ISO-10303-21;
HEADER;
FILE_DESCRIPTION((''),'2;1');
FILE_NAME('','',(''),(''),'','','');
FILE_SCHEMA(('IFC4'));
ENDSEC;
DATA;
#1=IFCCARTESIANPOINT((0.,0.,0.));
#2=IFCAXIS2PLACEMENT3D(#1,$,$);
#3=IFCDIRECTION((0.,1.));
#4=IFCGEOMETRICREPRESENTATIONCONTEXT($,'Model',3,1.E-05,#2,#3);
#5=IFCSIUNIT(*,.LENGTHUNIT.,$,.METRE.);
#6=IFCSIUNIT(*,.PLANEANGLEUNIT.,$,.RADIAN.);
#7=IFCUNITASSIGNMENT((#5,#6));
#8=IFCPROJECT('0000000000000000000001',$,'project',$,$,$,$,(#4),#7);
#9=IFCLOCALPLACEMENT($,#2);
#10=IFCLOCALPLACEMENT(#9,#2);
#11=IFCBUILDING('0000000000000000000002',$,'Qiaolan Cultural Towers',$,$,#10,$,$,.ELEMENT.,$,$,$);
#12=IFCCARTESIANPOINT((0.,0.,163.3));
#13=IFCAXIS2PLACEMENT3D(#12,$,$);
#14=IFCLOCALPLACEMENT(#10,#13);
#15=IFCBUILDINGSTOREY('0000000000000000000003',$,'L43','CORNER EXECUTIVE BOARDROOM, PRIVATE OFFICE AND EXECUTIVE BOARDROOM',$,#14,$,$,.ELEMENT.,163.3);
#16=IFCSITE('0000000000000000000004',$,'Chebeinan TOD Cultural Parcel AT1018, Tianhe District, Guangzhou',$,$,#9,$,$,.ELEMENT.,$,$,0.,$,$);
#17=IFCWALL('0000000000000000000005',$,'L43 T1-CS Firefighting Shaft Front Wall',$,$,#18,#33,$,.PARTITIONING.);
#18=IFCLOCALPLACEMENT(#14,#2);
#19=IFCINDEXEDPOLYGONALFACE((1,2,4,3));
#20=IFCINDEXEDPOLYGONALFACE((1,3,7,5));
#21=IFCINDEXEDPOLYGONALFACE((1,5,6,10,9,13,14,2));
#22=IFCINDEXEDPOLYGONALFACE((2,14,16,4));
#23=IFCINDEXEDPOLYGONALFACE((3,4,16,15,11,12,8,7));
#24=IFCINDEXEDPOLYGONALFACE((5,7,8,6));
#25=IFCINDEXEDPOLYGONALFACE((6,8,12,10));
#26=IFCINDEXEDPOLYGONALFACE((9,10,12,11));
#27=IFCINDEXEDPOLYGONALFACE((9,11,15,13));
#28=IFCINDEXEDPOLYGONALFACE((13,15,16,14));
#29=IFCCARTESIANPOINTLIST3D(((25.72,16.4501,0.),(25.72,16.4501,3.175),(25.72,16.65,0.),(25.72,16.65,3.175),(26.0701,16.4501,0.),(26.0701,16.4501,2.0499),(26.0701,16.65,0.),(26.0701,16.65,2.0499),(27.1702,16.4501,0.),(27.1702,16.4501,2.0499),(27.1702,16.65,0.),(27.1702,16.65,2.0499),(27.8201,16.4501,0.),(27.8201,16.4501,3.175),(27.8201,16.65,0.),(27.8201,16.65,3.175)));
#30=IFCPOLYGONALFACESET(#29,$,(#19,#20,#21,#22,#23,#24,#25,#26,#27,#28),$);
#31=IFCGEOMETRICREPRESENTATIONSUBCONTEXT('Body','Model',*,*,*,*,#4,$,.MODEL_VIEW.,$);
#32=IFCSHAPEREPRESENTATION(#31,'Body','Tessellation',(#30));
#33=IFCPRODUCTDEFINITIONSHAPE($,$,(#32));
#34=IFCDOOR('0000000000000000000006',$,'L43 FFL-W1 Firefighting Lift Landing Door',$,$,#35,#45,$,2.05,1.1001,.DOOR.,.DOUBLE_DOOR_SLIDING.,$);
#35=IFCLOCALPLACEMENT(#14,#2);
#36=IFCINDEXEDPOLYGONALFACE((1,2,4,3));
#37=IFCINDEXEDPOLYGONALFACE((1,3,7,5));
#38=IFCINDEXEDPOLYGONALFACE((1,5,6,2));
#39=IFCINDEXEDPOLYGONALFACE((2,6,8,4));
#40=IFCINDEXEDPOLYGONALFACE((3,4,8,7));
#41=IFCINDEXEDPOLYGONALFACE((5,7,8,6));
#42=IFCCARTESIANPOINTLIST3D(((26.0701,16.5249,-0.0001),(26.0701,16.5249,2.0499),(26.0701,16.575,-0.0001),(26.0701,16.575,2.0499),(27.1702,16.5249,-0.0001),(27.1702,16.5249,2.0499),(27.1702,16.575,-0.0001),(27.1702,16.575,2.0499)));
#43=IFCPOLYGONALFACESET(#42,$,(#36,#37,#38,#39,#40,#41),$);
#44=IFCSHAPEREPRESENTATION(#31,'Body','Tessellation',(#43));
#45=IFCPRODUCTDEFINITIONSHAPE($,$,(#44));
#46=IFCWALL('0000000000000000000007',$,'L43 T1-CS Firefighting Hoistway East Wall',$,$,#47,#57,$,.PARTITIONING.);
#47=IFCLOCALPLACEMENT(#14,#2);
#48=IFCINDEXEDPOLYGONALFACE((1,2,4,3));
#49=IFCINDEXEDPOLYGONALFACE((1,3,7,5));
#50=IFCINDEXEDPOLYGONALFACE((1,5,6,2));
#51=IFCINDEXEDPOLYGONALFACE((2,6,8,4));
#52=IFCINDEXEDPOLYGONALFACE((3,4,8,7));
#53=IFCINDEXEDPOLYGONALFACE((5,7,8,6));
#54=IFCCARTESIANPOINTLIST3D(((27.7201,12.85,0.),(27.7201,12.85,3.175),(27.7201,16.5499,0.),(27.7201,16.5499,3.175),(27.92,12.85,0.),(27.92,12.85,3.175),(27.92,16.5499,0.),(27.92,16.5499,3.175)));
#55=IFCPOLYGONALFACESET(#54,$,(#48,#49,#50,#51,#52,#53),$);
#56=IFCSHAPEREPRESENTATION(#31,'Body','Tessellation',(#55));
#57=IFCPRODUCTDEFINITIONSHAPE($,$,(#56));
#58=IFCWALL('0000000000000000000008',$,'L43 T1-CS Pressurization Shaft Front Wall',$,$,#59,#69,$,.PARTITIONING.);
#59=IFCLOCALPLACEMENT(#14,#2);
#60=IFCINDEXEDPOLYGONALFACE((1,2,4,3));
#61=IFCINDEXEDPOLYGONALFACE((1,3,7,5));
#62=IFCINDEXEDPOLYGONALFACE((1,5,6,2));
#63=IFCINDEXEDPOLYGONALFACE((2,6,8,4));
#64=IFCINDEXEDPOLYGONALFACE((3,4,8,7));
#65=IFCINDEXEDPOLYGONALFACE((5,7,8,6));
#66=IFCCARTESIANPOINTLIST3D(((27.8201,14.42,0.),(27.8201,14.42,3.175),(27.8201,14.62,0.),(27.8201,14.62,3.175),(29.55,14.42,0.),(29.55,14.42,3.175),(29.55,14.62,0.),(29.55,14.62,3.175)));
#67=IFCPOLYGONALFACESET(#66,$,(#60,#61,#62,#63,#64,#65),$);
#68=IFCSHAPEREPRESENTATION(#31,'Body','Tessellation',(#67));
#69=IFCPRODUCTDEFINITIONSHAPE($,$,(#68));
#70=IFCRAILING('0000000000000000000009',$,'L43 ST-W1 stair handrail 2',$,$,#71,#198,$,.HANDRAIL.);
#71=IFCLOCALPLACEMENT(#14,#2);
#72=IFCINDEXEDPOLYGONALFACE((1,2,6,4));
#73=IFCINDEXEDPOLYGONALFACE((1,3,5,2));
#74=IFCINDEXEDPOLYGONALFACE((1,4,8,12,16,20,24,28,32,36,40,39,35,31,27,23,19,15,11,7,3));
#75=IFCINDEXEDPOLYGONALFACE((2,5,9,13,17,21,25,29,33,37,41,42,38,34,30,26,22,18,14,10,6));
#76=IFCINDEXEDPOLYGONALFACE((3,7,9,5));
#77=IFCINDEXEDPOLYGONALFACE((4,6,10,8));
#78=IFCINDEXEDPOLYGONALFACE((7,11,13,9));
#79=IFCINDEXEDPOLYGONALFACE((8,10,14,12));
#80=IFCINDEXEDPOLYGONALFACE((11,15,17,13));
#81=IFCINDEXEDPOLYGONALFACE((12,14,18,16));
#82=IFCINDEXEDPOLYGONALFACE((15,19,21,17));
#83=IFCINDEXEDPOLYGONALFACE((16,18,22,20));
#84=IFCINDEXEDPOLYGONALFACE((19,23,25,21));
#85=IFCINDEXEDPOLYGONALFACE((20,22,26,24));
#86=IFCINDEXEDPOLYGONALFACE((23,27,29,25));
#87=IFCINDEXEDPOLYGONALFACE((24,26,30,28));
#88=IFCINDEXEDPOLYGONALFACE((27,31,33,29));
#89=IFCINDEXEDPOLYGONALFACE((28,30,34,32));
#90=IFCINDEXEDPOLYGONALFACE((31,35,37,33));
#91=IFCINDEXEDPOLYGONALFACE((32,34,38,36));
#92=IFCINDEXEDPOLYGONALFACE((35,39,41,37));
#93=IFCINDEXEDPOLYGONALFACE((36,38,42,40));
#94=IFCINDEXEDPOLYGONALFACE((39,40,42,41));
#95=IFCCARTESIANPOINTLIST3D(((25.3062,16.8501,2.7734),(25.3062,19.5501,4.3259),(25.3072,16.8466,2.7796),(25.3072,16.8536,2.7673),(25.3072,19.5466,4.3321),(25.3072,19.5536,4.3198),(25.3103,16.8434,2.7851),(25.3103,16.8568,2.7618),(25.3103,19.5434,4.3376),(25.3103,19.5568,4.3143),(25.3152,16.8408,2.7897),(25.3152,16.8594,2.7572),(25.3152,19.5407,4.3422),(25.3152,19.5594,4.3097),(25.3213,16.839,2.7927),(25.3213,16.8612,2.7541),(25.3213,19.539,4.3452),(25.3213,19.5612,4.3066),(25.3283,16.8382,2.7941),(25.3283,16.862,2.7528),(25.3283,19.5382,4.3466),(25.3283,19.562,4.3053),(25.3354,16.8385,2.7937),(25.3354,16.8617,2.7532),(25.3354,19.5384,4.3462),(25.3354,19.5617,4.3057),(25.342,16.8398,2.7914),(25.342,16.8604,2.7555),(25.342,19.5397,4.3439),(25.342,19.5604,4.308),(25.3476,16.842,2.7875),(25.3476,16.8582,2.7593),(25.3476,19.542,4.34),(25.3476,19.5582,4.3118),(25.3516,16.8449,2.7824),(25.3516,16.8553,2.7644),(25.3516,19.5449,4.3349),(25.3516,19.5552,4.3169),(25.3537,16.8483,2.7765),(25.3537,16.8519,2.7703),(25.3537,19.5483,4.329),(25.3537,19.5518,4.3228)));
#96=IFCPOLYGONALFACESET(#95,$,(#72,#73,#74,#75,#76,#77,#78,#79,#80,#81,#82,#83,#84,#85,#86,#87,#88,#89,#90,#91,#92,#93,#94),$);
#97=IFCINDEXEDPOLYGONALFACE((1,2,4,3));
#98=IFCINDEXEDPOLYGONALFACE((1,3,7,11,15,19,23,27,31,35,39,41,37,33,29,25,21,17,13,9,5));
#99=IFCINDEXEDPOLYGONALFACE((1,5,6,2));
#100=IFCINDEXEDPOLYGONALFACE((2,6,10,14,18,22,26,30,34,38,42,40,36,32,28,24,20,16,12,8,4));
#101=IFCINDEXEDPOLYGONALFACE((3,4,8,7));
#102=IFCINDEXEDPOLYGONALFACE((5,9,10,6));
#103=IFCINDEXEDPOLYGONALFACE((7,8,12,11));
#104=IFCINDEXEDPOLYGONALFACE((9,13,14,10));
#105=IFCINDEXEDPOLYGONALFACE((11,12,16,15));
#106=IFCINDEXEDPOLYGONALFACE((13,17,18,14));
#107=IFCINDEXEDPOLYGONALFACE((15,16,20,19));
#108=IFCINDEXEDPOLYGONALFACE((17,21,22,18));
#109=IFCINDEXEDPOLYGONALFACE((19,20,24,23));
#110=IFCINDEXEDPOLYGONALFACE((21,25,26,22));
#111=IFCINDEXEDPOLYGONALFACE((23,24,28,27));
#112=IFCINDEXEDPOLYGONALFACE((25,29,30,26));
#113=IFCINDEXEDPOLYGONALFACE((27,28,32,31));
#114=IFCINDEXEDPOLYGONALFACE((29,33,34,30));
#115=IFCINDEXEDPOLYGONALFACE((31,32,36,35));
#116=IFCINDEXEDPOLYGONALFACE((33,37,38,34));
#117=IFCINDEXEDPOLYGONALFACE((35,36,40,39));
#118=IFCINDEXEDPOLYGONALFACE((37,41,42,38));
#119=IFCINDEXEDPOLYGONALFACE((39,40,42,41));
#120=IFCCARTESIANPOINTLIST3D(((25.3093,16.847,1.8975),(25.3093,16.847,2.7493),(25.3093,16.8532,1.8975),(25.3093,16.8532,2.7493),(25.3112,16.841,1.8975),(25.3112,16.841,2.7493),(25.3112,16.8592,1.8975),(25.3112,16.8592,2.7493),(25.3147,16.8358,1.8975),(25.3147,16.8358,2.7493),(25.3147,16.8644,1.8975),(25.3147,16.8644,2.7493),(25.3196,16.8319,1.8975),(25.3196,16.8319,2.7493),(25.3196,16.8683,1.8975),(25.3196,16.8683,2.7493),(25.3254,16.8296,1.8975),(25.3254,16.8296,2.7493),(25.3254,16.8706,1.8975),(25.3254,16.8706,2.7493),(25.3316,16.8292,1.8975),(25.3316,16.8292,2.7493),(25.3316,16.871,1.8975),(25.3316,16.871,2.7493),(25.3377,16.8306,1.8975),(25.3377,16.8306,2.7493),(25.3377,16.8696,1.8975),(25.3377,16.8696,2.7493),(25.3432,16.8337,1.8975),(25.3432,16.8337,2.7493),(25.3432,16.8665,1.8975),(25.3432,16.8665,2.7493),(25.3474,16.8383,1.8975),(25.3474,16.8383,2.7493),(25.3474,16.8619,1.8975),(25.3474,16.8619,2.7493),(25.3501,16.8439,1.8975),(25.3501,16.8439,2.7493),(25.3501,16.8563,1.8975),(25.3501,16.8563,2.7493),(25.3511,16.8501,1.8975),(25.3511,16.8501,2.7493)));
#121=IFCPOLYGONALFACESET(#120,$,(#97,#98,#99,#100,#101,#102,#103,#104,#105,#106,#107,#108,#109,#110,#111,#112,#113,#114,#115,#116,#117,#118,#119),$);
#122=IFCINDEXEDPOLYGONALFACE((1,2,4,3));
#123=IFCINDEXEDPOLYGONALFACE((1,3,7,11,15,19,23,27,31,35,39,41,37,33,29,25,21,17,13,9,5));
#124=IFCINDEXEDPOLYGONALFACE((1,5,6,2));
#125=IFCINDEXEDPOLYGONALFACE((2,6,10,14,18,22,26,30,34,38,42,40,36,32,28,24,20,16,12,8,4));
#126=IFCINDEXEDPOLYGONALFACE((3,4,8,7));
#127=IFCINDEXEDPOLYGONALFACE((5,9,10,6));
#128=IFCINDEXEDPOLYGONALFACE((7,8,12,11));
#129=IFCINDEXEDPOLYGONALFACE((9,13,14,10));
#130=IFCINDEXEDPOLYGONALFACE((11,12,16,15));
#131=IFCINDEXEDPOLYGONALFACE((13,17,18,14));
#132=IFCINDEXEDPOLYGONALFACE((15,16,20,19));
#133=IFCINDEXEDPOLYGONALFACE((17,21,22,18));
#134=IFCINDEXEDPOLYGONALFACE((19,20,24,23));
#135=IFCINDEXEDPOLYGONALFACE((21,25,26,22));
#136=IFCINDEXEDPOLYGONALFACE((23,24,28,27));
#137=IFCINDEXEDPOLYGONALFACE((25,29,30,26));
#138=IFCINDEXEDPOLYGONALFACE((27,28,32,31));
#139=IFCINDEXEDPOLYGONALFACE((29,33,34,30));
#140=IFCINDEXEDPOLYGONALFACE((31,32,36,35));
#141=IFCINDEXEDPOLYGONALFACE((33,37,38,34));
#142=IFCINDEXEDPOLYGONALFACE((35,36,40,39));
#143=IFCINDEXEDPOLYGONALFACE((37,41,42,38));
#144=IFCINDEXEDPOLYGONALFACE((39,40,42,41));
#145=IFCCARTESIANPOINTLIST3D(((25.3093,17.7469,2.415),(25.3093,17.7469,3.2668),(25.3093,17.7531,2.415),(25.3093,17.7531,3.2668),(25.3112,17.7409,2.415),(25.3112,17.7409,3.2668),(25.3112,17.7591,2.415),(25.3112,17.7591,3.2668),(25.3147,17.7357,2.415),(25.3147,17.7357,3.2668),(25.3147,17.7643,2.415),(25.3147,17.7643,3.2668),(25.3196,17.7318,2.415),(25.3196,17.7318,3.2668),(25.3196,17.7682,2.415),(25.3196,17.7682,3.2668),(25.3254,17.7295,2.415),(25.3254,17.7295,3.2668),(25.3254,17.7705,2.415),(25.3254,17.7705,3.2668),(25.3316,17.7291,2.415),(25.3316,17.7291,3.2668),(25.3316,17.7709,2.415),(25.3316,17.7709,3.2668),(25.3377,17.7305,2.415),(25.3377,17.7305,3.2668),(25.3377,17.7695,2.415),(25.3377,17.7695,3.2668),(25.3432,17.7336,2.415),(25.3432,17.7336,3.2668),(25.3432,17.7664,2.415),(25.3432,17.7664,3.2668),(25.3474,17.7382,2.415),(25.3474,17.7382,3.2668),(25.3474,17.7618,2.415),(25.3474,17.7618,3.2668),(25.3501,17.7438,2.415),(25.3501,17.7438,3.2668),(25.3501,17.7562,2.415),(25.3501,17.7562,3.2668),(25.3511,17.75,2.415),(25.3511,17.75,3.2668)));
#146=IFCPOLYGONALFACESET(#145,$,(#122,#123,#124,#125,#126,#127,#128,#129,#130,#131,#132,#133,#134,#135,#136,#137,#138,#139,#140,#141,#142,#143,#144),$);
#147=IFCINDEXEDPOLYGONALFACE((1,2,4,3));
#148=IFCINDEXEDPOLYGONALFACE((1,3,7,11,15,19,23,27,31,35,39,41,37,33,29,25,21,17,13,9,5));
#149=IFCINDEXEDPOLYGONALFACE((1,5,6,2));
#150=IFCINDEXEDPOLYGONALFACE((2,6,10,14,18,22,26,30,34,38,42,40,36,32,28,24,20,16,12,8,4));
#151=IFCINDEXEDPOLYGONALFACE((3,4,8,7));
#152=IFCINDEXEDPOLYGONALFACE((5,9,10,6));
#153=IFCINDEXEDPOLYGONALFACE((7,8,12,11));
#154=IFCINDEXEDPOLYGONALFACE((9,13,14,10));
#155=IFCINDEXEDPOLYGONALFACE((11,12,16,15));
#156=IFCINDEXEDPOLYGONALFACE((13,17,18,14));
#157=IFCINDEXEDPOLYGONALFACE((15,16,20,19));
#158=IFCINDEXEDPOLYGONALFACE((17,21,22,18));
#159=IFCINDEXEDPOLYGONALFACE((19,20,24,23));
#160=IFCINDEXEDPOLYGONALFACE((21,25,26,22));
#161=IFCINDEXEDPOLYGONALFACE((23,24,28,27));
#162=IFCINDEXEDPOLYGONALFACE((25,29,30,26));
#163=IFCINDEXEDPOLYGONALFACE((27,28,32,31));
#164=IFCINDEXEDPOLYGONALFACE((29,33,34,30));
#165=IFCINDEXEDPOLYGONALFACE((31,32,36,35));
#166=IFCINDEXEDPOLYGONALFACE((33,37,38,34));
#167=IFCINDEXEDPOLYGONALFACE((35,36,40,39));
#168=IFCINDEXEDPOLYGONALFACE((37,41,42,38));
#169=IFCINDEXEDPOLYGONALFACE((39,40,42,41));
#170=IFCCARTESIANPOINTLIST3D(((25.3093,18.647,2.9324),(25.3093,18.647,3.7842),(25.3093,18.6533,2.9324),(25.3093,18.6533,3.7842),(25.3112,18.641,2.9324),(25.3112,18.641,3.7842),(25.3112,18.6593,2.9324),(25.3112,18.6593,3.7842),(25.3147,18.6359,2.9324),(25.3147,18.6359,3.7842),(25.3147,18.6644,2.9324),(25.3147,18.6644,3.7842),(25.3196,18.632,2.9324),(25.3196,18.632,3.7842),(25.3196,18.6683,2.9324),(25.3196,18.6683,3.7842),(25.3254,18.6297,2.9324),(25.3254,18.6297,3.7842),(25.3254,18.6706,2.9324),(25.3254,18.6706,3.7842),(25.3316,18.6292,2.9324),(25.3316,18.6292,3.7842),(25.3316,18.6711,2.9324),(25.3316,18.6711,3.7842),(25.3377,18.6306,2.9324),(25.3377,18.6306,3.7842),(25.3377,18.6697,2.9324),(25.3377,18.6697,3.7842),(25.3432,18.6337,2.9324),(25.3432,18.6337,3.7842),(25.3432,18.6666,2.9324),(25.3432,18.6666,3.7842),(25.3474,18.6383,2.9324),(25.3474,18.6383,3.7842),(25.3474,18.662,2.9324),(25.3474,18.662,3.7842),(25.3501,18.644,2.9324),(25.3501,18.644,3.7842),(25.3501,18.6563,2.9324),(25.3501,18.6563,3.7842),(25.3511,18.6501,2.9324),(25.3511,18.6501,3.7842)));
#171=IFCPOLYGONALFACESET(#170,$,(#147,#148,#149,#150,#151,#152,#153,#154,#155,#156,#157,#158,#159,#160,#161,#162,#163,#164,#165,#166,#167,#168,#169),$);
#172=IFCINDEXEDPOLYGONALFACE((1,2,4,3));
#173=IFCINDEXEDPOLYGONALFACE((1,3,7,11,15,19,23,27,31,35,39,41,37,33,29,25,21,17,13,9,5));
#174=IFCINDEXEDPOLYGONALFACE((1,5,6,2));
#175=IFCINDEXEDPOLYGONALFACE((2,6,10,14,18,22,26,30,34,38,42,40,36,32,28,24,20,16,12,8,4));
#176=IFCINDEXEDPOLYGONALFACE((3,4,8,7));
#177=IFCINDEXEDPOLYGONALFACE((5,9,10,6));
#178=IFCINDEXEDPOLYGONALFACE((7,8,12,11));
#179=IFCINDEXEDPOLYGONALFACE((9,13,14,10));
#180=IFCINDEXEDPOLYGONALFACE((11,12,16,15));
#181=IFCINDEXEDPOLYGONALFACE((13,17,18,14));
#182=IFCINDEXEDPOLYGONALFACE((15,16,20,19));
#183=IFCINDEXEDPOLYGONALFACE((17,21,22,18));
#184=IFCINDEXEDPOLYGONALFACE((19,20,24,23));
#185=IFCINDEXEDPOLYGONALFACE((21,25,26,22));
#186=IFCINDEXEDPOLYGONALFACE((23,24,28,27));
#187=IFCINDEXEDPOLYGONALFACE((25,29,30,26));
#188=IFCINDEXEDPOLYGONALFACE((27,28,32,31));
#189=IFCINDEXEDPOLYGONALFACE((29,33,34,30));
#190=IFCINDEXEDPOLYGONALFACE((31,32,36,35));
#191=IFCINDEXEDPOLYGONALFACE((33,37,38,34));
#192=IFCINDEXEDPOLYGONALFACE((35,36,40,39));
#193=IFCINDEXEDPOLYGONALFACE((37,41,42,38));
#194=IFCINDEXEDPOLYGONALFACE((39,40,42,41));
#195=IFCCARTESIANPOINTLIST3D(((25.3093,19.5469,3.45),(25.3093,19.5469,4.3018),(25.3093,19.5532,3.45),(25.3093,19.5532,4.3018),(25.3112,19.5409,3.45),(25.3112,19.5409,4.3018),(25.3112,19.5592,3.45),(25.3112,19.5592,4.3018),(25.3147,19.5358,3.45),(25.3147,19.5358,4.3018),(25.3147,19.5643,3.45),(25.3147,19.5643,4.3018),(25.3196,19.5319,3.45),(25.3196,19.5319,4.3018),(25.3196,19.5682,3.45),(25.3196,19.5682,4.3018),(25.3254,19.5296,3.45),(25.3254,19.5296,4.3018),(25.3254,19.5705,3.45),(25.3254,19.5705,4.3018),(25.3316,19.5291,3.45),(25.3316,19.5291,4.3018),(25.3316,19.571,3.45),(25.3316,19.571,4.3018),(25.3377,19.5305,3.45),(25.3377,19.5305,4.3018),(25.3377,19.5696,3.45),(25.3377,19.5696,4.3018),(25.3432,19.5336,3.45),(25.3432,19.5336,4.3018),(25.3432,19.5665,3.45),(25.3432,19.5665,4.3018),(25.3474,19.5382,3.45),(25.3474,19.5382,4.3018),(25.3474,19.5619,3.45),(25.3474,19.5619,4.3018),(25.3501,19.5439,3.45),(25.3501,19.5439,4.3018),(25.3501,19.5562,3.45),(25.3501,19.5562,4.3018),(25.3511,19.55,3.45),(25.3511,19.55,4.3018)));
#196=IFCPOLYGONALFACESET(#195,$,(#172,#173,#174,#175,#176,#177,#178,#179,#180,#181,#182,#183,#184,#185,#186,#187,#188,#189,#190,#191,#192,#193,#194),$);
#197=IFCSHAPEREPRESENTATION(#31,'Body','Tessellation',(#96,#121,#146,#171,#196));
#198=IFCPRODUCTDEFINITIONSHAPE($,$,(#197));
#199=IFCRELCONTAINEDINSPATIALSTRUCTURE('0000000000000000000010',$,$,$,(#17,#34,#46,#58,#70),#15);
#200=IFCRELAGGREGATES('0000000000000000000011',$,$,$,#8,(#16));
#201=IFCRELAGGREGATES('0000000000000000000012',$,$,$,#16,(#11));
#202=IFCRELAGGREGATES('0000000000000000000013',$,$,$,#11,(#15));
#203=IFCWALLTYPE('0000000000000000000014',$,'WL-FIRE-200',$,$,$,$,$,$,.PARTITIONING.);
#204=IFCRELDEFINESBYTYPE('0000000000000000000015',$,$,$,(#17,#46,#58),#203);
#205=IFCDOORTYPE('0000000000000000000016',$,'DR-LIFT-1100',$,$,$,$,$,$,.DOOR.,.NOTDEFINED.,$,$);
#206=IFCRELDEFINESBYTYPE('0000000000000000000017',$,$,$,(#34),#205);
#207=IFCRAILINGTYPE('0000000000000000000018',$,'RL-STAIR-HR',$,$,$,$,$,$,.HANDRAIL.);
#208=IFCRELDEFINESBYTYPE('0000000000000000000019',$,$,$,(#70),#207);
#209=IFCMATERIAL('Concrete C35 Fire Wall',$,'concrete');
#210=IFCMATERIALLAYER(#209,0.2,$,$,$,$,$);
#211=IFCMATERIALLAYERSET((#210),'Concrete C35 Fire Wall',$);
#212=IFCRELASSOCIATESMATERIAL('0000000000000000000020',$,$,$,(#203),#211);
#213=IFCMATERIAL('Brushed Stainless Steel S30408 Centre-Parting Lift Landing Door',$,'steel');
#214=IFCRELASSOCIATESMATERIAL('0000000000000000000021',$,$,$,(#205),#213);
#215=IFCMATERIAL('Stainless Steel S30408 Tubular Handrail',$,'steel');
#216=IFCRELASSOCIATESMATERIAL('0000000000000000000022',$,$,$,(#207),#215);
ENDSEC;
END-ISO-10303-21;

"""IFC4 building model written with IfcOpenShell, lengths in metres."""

from ifc_helpers import new_model, si_unit, direction, frame, frame_2d, origin, origin_2d, place, context, subcontext, project, spatial, rectangle, circle, extrude, material, layer, layer_set, type_object, element, fill, save


model = new_model("IFC4")

# Units and contexts
model_context = context("Model", 3, precision=1e-05, world=origin(), true_north=direction((0.0, 1.0)))
body_context = subcontext(model_context, "Body", "Model", "MODEL_VIEW")
ifc_project = project(units=[si_unit("LENGTHUNIT", "METRE"), si_unit("PLANEANGLEUNIT", "RADIAN")], contexts=[model_context])

# Site, building, storey
site_placement = place(None, origin())
site = spatial("IfcSite", under=ifc_project, at=site_placement, Name="Chebeinan TOD Cultural Parcel AT1018, Tianhe District, Guangzhou", CompositionType="ELEMENT", RefElevation=0.0)
building_placement = place(site_placement, origin())
building = spatial("IfcBuilding", under=site, at=building_placement, Name="Qiaolan Cultural Towers", CompositionType="ELEMENT")
storey_placement = place(building_placement, frame((0.0, 0.0, 163.3)))
storey = spatial("IfcBuildingStorey", under=building, at=storey_placement, Name="L43", Description="CORNER EXECUTIVE BOARDROOM, PRIVATE OFFICE AND EXECUTIVE BOARDROOM", CompositionType="ELEMENT", Elevation=163.3)

# Wall, opening, door
ifc_material_1 = material(Name="Concrete C35 Fire Wall", Category="concrete")
ifc_layer_1 = layer(ifc_material_1, 0.2)
ifc_layer_set_1 = layer_set([ifc_layer_1], Name="Concrete C35 Fire Wall")
wall_type_1 = type_object("IfcWallType", Name="WL-FIRE-200", PredefinedType="PARTITIONING", material=ifc_layer_set_1)
wall_1_placement = place(storey_placement, frame((25.72, 16.55, 0.0), z_axis=(0.0, 0.0, 1.0), x_axis=(1.0, 0.0, 0.0)))
wall_1 = element("IfcWall", 1, at=wall_1_placement, inside=storey, type_object=wall_type_1, Name="L43 T1-CS Firefighting Shaft Front Wall", PredefinedType="PARTITIONING", context=body_context, shape_type="SweptSolid", body=[
    extrude(rectangle(XDim=2.1001, YDim=0.2, at=frame_2d((1.05, 0.0))), origin(), (0.0, 0.0, 1.0), 3.175),
])
opening_1_placement = place(wall_1_placement, frame((0.3501, 0.0, 0.0)))
opening_1 = element("IfcOpeningElement", 2, at=opening_1_placement, cuts=wall_1, PredefinedType="OPENING", context=body_context, shape_type="SweptSolid", body=[
    extrude(rectangle(XDim=1.1001, YDim=2.05, at=frame_2d((0.55, 1.0249))), frame((0.0, 0.1099, 0.0), z_axis=(0.0, -1.0, 0.0), x_axis=(1.0, 0.0, 0.0)), (0.0, 0.0, 1.0), 0.22),
])
ifc_material_2 = material(Name="Brushed Stainless Steel S30408 Centre-Parting Lift Landing Door", Category="steel")
door_type_1 = type_object("IfcDoorType", Name="DR-LIFT-1100", OperationType="NOTDEFINED", PredefinedType="DOOR", material=ifc_material_2)
door_1_placement = place(opening_1_placement, origin())
door_1 = element("IfcDoor", 3, at=door_1_placement, inside=storey, type_object=door_type_1, Name="L43 FFL-W1 Firefighting Lift Landing Door", OperationType="DOUBLE_DOOR_SLIDING", OverallHeight=2.05, OverallWidth=1.1001, PredefinedType="DOOR", context=body_context, shape_type="SweptSolid", body=[
    extrude(rectangle(XDim=1.1001, YDim=2.05, at=frame_2d((0.55, 1.0249))), frame((0.0, 0.0249, 0.0), z_axis=(0.0, -1.0, 0.0), x_axis=(1.0, 0.0, 0.0)), (0.0, 0.0, 1.0), 0.05),
])
fill(opening_1, door_1)

# Walls
wall_2_placement = place(storey_placement, frame((27.8201, 16.55, 0.0), z_axis=(0.0, 0.0, 1.0), x_axis=(0.0, -1.0, 0.0)))
element("IfcWall", 4, at=wall_2_placement, inside=storey, type_object=wall_type_1, Name="L43 T1-CS Firefighting Hoistway East Wall", PredefinedType="PARTITIONING", context=body_context, shape_type="SweptSolid", body=[
    extrude(rectangle(XDim=3.7, YDim=0.2, at=frame_2d((1.8501, 0.0))), origin(), (0.0, 0.0, 1.0), 3.175),
])
wall_3_placement = place(storey_placement, frame((27.8201, 14.52, 0.0), z_axis=(0.0, 0.0, 1.0), x_axis=(1.0, 0.0, 0.0)))
element("IfcWall", 5, at=wall_3_placement, inside=storey, type_object=wall_type_1, Name="L43 T1-CS Pressurization Shaft Front Wall", PredefinedType="PARTITIONING", context=body_context, shape_type="SweptSolid", body=[
    extrude(rectangle(XDim=1.73, YDim=0.2, at=frame_2d((0.865, 0.0))), origin(), (0.0, 0.0, 1.0), 3.175),
])

# Railing
ifc_material_3 = material(Name="Stainless Steel S30408 Tubular Handrail", Category="steel")
railing_type = type_object("IfcRailingType", Name="RL-STAIR-HR", PredefinedType="HANDRAIL", material=ifc_material_3)
railing_placement = place(storey_placement, frame((25.3301, 16.8501, 1.8975)))
element("IfcRailing", 6, at=railing_placement, inside=storey, type_object=railing_type, Name="L43 ST-W1 stair handrail 2", PredefinedType="HANDRAIL", context=body_context, shape_type="SweptSolid", body=[
    extrude(circle(Radius=0.0239, at=origin_2d()), frame((0.0, 0.0, 0.876), z_axis=(0.0, 0.866904, 0.498476), x_axis=(-1.0, 0.0, 0.0)), (0.0, 0.0, 1.0), 3.1145),
    extrude(circle(Radius=0.021, at=origin_2d()), origin(), (0.0, 0.0, 1.0), 0.8518),
    extrude(circle(Radius=0.021, at=origin_2d()), frame((0.0, 0.8999, 0.5176)), (0.0, 0.0, 1.0), 0.8518),
    extrude(circle(Radius=0.021, at=origin_2d()), frame((0.0, 1.8, 1.0349)), (0.0, 0.0, 1.0), 0.8518),
    extrude(circle(Radius=0.021, at=origin_2d()), frame((0.0, 2.7, 1.5525)), (0.0, 0.0, 1.0), 0.8518),
])

save(model, "model.ifc")
